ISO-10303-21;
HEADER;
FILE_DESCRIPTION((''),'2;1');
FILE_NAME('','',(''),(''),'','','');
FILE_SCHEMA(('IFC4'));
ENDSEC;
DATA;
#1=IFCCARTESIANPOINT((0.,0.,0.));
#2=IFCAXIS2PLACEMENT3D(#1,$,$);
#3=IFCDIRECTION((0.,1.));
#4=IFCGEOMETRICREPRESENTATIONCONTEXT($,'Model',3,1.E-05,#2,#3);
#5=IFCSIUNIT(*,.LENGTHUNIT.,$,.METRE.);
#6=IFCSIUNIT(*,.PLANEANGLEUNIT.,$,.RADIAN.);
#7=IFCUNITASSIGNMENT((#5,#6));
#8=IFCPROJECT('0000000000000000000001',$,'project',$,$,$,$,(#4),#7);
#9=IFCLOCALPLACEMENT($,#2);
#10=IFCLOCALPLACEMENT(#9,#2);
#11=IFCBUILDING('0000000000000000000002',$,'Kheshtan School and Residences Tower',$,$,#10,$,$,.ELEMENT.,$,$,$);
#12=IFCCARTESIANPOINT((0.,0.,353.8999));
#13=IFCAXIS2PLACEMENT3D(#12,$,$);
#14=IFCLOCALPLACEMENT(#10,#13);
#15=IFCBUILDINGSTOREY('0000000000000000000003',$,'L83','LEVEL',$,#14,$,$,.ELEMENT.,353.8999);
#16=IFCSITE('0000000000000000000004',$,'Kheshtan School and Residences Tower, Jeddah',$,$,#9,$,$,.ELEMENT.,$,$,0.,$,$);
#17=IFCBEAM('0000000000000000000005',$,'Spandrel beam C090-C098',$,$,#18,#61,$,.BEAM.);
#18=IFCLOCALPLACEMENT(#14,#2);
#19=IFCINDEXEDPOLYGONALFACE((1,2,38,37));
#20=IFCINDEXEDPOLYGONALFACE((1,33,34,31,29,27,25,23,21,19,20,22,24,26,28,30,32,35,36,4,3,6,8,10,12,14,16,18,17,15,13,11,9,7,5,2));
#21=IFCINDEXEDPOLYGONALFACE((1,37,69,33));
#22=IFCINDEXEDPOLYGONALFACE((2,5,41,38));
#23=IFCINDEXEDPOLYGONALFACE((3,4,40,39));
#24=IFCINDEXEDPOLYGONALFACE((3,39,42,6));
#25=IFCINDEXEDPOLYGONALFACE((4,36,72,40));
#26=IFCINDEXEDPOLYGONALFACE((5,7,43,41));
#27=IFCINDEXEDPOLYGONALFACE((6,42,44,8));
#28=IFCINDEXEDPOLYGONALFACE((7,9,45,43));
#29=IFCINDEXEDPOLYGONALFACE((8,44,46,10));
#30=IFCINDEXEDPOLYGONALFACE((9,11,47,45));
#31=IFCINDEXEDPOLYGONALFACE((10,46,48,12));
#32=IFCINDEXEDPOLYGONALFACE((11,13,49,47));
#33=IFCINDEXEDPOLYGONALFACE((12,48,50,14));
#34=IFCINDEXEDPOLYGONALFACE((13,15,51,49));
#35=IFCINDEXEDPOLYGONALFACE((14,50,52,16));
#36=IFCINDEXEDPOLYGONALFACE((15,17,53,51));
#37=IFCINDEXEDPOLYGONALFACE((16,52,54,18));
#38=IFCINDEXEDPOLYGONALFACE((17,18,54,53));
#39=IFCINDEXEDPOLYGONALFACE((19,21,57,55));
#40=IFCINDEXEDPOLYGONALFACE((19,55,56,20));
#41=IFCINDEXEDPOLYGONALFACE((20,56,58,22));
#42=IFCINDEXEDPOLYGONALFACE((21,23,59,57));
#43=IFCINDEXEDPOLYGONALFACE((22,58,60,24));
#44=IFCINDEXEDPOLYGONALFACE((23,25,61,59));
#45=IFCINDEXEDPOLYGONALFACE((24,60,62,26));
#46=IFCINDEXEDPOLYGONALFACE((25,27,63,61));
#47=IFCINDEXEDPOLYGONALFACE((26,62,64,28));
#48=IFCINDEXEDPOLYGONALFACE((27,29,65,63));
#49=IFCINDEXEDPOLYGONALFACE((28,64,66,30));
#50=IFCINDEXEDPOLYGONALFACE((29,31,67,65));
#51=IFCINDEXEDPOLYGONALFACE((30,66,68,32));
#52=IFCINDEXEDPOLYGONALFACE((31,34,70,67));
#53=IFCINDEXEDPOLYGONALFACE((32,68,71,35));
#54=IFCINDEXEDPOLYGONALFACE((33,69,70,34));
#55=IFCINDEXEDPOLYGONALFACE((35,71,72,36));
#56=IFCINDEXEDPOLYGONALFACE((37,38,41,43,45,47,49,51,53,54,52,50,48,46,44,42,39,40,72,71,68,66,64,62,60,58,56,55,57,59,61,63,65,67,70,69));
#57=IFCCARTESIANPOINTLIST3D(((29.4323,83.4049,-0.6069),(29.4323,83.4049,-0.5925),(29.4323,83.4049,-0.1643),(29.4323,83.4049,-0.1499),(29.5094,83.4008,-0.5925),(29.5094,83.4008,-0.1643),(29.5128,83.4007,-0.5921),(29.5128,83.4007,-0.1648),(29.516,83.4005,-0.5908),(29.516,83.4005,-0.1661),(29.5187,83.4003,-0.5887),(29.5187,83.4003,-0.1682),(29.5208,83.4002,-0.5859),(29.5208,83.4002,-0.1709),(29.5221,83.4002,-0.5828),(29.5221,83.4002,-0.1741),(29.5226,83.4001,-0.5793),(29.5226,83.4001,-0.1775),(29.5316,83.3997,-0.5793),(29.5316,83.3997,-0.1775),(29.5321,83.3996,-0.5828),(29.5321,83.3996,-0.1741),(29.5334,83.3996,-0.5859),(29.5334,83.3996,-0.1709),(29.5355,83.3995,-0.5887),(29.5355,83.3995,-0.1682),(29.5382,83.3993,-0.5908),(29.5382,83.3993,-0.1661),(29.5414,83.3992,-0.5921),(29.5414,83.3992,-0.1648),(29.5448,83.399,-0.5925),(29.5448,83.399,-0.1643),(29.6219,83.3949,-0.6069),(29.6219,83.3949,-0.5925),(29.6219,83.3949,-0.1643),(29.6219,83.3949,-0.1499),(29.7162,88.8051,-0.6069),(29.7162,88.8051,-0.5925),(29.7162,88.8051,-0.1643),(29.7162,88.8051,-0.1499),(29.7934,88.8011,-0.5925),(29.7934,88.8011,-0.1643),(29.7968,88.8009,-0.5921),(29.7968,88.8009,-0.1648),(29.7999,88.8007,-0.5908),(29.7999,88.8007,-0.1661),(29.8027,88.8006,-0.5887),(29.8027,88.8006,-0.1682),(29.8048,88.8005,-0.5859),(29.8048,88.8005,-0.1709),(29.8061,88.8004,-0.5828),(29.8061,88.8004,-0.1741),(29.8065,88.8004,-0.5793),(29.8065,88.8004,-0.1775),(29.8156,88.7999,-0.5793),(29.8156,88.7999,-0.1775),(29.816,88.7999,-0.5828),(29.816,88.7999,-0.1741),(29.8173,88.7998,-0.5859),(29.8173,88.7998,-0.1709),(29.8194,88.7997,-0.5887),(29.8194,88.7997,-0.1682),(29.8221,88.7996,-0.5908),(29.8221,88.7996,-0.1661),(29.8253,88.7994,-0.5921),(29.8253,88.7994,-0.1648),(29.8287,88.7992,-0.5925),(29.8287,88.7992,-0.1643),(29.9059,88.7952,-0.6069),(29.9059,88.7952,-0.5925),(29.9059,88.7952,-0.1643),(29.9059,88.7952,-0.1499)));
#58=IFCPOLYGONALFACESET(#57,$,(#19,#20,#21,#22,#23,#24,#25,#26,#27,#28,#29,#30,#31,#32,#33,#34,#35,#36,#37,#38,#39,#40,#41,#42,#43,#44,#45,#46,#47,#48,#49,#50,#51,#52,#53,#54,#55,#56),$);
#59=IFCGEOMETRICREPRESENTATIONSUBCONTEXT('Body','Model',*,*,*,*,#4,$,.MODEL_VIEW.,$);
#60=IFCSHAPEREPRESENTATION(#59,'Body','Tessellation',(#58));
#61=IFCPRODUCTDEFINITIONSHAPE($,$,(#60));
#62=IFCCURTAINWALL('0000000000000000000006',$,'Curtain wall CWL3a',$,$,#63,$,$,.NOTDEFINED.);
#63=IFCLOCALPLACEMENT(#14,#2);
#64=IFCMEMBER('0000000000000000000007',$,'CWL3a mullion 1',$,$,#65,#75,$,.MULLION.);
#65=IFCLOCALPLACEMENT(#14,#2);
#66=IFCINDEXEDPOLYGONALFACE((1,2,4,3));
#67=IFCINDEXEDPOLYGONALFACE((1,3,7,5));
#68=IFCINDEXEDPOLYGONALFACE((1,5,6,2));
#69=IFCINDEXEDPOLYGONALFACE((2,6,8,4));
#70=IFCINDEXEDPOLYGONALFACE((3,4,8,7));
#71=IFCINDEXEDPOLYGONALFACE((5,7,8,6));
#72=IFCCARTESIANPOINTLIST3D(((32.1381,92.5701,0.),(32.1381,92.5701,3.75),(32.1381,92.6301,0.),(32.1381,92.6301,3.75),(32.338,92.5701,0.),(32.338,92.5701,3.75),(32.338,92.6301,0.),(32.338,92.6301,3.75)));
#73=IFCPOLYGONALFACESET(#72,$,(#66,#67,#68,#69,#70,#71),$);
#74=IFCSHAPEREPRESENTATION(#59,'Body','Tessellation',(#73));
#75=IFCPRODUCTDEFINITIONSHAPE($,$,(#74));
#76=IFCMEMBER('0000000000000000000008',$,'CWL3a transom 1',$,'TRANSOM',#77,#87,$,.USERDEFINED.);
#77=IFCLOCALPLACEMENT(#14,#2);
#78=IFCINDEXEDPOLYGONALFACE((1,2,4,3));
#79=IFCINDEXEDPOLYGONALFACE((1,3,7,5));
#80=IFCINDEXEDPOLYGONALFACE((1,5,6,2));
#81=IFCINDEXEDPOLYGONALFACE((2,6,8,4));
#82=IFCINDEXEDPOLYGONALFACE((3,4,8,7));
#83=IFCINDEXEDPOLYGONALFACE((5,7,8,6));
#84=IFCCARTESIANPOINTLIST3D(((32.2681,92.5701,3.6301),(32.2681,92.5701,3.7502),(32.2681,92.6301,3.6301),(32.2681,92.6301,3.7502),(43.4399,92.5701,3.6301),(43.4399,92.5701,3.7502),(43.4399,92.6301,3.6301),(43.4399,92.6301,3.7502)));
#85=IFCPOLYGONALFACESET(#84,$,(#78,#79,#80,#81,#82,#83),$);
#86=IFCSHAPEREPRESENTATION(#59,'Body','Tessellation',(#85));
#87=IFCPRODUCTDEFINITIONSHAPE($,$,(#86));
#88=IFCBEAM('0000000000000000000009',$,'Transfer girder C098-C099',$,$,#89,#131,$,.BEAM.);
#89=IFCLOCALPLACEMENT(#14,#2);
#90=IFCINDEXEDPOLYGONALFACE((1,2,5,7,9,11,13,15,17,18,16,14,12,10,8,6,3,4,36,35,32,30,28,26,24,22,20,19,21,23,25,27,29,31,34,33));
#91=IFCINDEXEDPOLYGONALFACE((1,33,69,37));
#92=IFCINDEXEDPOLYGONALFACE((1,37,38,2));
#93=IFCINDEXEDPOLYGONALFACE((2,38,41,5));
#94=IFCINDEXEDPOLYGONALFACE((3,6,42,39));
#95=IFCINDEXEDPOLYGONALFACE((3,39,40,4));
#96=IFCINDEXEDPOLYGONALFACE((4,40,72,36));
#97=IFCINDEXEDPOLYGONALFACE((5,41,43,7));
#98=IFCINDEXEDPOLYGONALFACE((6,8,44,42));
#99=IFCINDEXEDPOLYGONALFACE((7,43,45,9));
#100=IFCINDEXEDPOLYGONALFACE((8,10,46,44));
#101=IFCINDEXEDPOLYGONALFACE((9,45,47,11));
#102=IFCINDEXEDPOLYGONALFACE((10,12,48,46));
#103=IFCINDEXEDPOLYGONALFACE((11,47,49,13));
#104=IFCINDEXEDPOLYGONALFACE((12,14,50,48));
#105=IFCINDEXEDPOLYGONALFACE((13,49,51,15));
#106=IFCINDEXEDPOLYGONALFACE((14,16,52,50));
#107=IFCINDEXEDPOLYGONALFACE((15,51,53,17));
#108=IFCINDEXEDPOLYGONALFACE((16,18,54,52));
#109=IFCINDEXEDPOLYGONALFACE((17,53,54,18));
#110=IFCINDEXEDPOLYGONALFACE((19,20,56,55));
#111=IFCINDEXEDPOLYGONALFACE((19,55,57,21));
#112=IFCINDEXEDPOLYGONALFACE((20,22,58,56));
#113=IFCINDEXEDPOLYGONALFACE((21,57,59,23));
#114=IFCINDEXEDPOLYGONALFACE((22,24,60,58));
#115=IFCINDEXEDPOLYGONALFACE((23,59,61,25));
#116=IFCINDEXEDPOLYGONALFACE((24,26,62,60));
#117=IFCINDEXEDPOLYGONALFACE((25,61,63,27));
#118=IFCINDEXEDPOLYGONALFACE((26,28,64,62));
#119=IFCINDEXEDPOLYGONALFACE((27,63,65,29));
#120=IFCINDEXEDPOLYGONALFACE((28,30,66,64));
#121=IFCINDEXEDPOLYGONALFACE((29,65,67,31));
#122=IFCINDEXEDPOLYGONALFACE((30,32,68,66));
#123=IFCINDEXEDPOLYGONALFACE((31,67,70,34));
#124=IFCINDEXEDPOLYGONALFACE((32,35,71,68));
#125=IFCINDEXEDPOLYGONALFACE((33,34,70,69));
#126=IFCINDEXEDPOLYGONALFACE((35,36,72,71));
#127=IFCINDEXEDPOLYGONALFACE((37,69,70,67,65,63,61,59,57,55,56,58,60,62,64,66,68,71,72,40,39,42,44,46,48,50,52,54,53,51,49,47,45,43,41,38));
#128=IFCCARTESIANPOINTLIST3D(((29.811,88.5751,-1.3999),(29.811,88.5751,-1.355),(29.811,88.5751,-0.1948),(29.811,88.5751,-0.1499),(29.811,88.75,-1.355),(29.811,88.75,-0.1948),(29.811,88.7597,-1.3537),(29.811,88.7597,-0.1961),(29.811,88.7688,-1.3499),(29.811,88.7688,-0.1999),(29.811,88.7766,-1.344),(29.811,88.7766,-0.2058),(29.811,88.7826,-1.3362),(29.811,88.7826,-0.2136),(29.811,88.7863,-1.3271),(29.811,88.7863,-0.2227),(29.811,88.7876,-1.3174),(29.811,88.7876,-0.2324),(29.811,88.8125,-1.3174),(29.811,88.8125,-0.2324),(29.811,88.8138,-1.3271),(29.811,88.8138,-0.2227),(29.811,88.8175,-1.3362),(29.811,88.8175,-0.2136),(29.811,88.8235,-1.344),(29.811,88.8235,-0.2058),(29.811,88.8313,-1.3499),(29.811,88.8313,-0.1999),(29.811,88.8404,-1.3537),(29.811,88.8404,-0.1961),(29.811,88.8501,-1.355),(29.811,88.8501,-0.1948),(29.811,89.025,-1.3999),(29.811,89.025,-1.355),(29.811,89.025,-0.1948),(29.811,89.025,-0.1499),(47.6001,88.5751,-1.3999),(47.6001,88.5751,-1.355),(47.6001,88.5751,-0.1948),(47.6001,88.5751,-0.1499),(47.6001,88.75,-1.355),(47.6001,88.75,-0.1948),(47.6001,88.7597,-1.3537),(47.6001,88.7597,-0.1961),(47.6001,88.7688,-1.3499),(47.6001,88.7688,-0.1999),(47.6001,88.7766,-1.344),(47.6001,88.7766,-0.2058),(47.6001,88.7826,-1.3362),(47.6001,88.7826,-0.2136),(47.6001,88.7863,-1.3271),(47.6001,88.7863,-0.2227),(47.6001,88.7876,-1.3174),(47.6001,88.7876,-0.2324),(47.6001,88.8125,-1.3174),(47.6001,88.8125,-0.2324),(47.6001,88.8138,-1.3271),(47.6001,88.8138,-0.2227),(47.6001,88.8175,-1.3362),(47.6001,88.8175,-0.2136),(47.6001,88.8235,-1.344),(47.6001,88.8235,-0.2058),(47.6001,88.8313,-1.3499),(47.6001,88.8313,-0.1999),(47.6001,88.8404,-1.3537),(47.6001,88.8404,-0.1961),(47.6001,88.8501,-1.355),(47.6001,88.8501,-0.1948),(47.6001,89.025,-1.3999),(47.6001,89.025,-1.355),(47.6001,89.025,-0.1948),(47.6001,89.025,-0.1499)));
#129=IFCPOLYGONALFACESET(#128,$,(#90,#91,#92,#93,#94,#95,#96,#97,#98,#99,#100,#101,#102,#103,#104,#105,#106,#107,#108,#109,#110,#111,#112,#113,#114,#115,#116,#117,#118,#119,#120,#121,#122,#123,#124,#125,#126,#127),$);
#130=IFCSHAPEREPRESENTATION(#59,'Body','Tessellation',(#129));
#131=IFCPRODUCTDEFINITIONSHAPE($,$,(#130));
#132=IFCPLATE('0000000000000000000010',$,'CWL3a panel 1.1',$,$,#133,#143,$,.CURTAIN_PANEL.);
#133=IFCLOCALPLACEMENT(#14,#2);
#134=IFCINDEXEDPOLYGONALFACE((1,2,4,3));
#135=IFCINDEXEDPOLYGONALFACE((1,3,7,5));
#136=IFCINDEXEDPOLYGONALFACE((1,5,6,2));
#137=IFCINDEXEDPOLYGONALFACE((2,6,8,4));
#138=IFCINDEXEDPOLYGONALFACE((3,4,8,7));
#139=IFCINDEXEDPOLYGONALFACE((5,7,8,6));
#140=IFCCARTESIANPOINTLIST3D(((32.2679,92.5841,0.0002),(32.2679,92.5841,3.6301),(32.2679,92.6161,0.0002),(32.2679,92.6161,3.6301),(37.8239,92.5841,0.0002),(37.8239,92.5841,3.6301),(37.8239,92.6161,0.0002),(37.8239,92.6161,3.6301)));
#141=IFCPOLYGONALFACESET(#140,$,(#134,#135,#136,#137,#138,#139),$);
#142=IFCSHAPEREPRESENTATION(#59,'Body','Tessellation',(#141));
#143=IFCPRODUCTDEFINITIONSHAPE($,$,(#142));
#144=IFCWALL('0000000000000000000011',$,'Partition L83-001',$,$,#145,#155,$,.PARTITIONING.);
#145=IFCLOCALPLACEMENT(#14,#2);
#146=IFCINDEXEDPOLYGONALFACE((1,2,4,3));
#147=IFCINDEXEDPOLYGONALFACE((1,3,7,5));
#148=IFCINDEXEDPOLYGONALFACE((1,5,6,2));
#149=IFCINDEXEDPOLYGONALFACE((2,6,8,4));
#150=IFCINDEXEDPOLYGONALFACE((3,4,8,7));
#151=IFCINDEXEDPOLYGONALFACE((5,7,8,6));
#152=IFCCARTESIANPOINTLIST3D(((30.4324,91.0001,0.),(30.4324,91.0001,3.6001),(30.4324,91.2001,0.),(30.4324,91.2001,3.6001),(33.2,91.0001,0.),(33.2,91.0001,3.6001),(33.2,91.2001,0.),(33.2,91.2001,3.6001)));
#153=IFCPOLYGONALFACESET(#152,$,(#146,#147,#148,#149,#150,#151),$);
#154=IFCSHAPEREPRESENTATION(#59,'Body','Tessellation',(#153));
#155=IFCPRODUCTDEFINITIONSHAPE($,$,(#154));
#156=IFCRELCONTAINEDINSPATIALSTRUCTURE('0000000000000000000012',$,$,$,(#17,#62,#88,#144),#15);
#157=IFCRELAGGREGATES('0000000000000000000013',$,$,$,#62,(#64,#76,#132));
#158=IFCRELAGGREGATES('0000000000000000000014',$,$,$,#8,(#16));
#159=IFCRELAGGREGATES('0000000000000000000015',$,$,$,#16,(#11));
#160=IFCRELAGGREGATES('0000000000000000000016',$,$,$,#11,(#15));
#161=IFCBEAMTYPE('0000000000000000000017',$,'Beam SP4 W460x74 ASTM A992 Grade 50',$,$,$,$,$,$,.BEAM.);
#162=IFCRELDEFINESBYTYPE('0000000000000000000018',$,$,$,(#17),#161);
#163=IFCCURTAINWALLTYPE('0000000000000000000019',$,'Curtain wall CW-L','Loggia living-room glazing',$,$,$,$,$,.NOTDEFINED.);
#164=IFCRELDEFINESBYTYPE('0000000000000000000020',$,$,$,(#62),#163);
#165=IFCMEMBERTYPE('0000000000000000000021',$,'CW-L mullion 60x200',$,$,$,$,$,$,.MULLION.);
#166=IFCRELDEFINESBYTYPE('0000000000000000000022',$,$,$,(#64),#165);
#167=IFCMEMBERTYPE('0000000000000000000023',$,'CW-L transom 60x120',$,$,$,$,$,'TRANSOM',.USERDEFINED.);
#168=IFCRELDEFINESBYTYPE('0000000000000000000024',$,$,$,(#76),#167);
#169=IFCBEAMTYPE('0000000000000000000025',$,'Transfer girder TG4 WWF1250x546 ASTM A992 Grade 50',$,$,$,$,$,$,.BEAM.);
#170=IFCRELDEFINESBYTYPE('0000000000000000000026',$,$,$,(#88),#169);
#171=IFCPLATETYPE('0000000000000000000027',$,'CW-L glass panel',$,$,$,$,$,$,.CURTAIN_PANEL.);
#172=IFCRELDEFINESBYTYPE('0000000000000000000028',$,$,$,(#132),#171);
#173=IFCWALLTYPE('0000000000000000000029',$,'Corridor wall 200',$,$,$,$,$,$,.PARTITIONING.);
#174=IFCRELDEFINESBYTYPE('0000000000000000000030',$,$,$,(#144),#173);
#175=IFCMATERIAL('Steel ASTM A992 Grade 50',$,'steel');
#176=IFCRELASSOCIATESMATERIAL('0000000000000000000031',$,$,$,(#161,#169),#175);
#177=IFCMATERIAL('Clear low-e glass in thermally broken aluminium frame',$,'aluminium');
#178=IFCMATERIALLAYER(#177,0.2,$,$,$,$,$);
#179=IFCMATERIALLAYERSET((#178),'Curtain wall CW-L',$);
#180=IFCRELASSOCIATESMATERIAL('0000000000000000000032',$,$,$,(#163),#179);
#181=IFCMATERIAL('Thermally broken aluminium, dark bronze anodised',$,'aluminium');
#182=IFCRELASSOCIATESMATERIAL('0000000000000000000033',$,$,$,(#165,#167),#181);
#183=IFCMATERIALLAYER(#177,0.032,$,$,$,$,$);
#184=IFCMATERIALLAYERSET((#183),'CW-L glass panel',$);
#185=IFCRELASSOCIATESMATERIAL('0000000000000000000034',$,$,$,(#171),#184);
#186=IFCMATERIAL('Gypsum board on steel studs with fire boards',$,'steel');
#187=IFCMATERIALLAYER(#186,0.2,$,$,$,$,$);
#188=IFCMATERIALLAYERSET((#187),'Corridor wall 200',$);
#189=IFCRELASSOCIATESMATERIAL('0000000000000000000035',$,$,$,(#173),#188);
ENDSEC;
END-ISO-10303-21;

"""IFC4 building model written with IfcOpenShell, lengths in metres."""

from ifc_helpers import new_model, si_unit, direction, frame, frame_2d, origin, origin_2d, place, context, subcontext, project, spatial, rectangle, i_section, extrude, material, layer, layer_set, material_profile, profile_set, type_object, element, aggregate, save


model = new_model("IFC4")

# Units and contexts
model_context = context("Model", 3, precision=1e-05, world=origin(), true_north=direction((0.0, 1.0)))
body_context = subcontext(model_context, "Body", "Model", "MODEL_VIEW")
ifc_project = project(units=[si_unit("LENGTHUNIT", "METRE"), si_unit("PLANEANGLEUNIT", "RADIAN")], contexts=[model_context])

# Site, building, storey
site_placement = place(None, origin())
site = spatial("IfcSite", under=ifc_project, at=site_placement, Name="Kheshtan School and Residences Tower, Jeddah", CompositionType="ELEMENT", RefElevation=0.0)
building_placement = place(site_placement, origin())
building = spatial("IfcBuilding", under=site, at=building_placement, Name="Kheshtan School and Residences Tower", CompositionType="ELEMENT")
storey_placement = place(building_placement, frame((0.0, 0.0, 353.8999)))
storey = spatial("IfcBuildingStorey", under=building, at=storey_placement, Name="L83", Description="LEVEL", CompositionType="ELEMENT", Elevation=353.8999)

# Shared definitions
ifc_material_1 = material(Name="Steel ASTM A992 Grade 50", Category="steel")

# Beam
ifc_material_profile_1 = material_profile(ifc_material_1, i_section(OverallWidth=0.1899, OverallDepth=0.457, WebThickness=0.009, FlangeThickness=0.0144, FilletRadius=0.0132, at=origin_2d()), Name="W460x74")
ifc_profile_set_1 = profile_set([ifc_material_profile_1], Name="Steel ASTM A992 Grade 50")
beam_type_1 = type_object("IfcBeamType", Name="Beam SP4 W460x74 ASTM A992 Grade 50", PredefinedType="BEAM", material=ifc_profile_set_1)
beam_1_placement = place(storey_placement, frame((29.5271, 83.3999, -0.3784), z_axis=(0.052507, 0.998621, 0.0), x_axis=(-0.998621, 0.052507, 0.0)))
element("IfcBeam", 1, at=beam_1_placement, inside=storey, type_object=beam_type_1, Name="Spandrel beam C090-C098", PredefinedType="BEAM", context=body_context, shape_type="SweptSolid", body=[
    extrude(i_section(OverallWidth=0.1899, OverallDepth=0.457, WebThickness=0.009, FlangeThickness=0.0144, FilletRadius=0.0132, at=origin_2d()), origin(), (0.0, 0.0, 1.0), 5.4077),
])

# Curtain wall, members
ifc_material_2 = material(Name="Clear low-e glass in thermally broken aluminium frame", Category="aluminium")
ifc_layer_1 = layer(ifc_material_2, 0.2)
ifc_layer_set_1 = layer_set([ifc_layer_1], Name="Curtain wall CW-L")
curtain_wall_type = type_object("IfcCurtainWallType", Name="Curtain wall CW-L", Description="Loggia living-room glazing", PredefinedType="NOTDEFINED", material=ifc_layer_set_1)
curtain_wall_placement = place(storey_placement, origin())
curtain_wall = element("IfcCurtainWall", 2, at=curtain_wall_placement, inside=storey, type_object=curtain_wall_type, Name="Curtain wall CWL3a", PredefinedType="NOTDEFINED")
ifc_material_3 = material(Name="Thermally broken aluminium, dark bronze anodised", Category="aluminium")
ifc_material_profile_2 = material_profile(ifc_material_3, rectangle(XDim=0.0601, YDim=0.2, at=origin_2d()), Name="CW-L mullion 60x200")
ifc_profile_set_2 = profile_set([ifc_material_profile_2], Name="Thermally broken aluminium, dark bronze anodised")
member_type_1 = type_object("IfcMemberType", Name="CW-L mullion 60x200", PredefinedType="MULLION", material=ifc_profile_set_2)
member_1_placement = place(storey_placement, frame((32.238, 92.6001, 0.0), z_axis=(0.0, 0.0, 1.0), x_axis=(0.0, 1.0, 0.0)))
member_1 = element("IfcMember", 3, at=member_1_placement, type_object=member_type_1, Name="CWL3a mullion 1", PredefinedType="MULLION", context=body_context, shape_type="SweptSolid", body=[
    extrude(rectangle(XDim=0.0601, YDim=0.2, at=origin_2d()), origin(), (0.0, 0.0, 1.0), 3.75),
])
ifc_material_profile_3 = material_profile(ifc_material_3, rectangle(XDim=0.0601, YDim=0.1201, at=origin_2d()), Name="CW-L transom 60x120")
ifc_profile_set_3 = profile_set([ifc_material_profile_3], Name="Thermally broken aluminium, dark bronze anodised")
member_type_2 = type_object("IfcMemberType", Name="CW-L transom 60x120", ElementType="TRANSOM", PredefinedType="USERDEFINED", material=ifc_profile_set_3)
member_2_placement = place(storey_placement, frame((32.2681, 92.6001, 3.6902), z_axis=(1.0, 0.0, 0.0), x_axis=(0.0, 1.0, 0.0)))
member_2 = element("IfcMember", 4, at=member_2_placement, type_object=member_type_2, Name="CWL3a transom 1", ObjectType="TRANSOM", PredefinedType="USERDEFINED", context=body_context, shape_type="SweptSolid", body=[
    extrude(rectangle(XDim=0.0601, YDim=0.1201, at=origin_2d()), origin(), (0.0, 0.0, 1.0), 11.1719),
])

# Beam
ifc_material_profile_4 = material_profile(ifc_material_1, i_section(OverallWidth=0.45, OverallDepth=1.25, WebThickness=0.0249, FlangeThickness=0.0449, FilletRadius=0.0376, at=origin_2d()), Name="WWF1250x546")
ifc_profile_set_4 = profile_set([ifc_material_profile_4], Name="Steel ASTM A992 Grade 50")
beam_type_2 = type_object("IfcBeamType", Name="Transfer girder TG4 WWF1250x546 ASTM A992 Grade 50", PredefinedType="BEAM", material=ifc_profile_set_4)
beam_2_placement = place(storey_placement, frame((29.811, 88.8, -0.7749), z_axis=(1.0, 0.0, 0.0), x_axis=(0.0, 1.0, 0.0)))
element("IfcBeam", 5, at=beam_2_placement, inside=storey, type_object=beam_type_2, Name="Transfer girder C098-C099", PredefinedType="BEAM", context=body_context, shape_type="SweptSolid", body=[
    extrude(i_section(OverallWidth=0.45, OverallDepth=1.25, WebThickness=0.0249, FlangeThickness=0.0449, FilletRadius=0.0376, at=origin_2d()), origin(), (0.0, 0.0, 1.0), 17.7891),
])

# Plate
ifc_layer_2 = layer(ifc_material_2, 0.032)
ifc_layer_set_2 = layer_set([ifc_layer_2], Name="CW-L glass panel")
plate_type = type_object("IfcPlateType", Name="CW-L glass panel", PredefinedType="CURTAIN_PANEL", material=ifc_layer_set_2)
plate_placement = place(storey_placement, frame((35.0459, 92.6001, 0.0002), z_axis=(0.0, 0.0, 1.0), x_axis=(1.0, 0.0, 0.0)))
plate = element("IfcPlate", 6, at=plate_placement, type_object=plate_type, Name="CWL3a panel 1.1", PredefinedType="CURTAIN_PANEL", context=body_context, shape_type="SweptSolid", body=[
    extrude(rectangle(XDim=5.5559, YDim=0.032, at=origin_2d()), origin(), (0.0, 0.0, 1.0), 3.6299),
])
aggregate(curtain_wall, [member_1, member_2, plate])

# Wall
ifc_material_4 = material(Name="Gypsum board on steel studs with fire boards", Category="steel")
ifc_layer_3 = layer(ifc_material_4, 0.2)
ifc_layer_set_3 = layer_set([ifc_layer_3], Name="Corridor wall 200")
wall_type_1 = type_object("IfcWallType", Name="Corridor wall 200", PredefinedType="PARTITIONING", material=ifc_layer_set_3)
wall_1_placement = place(storey_placement, frame((30.4324, 91.1001, 0.0), z_axis=(0.0, 0.0, 1.0), x_axis=(1.0, 0.0, 0.0)))
element("IfcWall", 7, at=wall_1_placement, inside=storey, type_object=wall_type_1, Name="Partition L83-001", PredefinedType="PARTITIONING", context=body_context, shape_type="SweptSolid", body=[
    extrude(rectangle(XDim=2.7676, YDim=0.2, at=frame_2d((1.3838, 0.0))), origin(), (0.0, 0.0, 1.0), 3.6001),
])

save(model, "model.ifc")
